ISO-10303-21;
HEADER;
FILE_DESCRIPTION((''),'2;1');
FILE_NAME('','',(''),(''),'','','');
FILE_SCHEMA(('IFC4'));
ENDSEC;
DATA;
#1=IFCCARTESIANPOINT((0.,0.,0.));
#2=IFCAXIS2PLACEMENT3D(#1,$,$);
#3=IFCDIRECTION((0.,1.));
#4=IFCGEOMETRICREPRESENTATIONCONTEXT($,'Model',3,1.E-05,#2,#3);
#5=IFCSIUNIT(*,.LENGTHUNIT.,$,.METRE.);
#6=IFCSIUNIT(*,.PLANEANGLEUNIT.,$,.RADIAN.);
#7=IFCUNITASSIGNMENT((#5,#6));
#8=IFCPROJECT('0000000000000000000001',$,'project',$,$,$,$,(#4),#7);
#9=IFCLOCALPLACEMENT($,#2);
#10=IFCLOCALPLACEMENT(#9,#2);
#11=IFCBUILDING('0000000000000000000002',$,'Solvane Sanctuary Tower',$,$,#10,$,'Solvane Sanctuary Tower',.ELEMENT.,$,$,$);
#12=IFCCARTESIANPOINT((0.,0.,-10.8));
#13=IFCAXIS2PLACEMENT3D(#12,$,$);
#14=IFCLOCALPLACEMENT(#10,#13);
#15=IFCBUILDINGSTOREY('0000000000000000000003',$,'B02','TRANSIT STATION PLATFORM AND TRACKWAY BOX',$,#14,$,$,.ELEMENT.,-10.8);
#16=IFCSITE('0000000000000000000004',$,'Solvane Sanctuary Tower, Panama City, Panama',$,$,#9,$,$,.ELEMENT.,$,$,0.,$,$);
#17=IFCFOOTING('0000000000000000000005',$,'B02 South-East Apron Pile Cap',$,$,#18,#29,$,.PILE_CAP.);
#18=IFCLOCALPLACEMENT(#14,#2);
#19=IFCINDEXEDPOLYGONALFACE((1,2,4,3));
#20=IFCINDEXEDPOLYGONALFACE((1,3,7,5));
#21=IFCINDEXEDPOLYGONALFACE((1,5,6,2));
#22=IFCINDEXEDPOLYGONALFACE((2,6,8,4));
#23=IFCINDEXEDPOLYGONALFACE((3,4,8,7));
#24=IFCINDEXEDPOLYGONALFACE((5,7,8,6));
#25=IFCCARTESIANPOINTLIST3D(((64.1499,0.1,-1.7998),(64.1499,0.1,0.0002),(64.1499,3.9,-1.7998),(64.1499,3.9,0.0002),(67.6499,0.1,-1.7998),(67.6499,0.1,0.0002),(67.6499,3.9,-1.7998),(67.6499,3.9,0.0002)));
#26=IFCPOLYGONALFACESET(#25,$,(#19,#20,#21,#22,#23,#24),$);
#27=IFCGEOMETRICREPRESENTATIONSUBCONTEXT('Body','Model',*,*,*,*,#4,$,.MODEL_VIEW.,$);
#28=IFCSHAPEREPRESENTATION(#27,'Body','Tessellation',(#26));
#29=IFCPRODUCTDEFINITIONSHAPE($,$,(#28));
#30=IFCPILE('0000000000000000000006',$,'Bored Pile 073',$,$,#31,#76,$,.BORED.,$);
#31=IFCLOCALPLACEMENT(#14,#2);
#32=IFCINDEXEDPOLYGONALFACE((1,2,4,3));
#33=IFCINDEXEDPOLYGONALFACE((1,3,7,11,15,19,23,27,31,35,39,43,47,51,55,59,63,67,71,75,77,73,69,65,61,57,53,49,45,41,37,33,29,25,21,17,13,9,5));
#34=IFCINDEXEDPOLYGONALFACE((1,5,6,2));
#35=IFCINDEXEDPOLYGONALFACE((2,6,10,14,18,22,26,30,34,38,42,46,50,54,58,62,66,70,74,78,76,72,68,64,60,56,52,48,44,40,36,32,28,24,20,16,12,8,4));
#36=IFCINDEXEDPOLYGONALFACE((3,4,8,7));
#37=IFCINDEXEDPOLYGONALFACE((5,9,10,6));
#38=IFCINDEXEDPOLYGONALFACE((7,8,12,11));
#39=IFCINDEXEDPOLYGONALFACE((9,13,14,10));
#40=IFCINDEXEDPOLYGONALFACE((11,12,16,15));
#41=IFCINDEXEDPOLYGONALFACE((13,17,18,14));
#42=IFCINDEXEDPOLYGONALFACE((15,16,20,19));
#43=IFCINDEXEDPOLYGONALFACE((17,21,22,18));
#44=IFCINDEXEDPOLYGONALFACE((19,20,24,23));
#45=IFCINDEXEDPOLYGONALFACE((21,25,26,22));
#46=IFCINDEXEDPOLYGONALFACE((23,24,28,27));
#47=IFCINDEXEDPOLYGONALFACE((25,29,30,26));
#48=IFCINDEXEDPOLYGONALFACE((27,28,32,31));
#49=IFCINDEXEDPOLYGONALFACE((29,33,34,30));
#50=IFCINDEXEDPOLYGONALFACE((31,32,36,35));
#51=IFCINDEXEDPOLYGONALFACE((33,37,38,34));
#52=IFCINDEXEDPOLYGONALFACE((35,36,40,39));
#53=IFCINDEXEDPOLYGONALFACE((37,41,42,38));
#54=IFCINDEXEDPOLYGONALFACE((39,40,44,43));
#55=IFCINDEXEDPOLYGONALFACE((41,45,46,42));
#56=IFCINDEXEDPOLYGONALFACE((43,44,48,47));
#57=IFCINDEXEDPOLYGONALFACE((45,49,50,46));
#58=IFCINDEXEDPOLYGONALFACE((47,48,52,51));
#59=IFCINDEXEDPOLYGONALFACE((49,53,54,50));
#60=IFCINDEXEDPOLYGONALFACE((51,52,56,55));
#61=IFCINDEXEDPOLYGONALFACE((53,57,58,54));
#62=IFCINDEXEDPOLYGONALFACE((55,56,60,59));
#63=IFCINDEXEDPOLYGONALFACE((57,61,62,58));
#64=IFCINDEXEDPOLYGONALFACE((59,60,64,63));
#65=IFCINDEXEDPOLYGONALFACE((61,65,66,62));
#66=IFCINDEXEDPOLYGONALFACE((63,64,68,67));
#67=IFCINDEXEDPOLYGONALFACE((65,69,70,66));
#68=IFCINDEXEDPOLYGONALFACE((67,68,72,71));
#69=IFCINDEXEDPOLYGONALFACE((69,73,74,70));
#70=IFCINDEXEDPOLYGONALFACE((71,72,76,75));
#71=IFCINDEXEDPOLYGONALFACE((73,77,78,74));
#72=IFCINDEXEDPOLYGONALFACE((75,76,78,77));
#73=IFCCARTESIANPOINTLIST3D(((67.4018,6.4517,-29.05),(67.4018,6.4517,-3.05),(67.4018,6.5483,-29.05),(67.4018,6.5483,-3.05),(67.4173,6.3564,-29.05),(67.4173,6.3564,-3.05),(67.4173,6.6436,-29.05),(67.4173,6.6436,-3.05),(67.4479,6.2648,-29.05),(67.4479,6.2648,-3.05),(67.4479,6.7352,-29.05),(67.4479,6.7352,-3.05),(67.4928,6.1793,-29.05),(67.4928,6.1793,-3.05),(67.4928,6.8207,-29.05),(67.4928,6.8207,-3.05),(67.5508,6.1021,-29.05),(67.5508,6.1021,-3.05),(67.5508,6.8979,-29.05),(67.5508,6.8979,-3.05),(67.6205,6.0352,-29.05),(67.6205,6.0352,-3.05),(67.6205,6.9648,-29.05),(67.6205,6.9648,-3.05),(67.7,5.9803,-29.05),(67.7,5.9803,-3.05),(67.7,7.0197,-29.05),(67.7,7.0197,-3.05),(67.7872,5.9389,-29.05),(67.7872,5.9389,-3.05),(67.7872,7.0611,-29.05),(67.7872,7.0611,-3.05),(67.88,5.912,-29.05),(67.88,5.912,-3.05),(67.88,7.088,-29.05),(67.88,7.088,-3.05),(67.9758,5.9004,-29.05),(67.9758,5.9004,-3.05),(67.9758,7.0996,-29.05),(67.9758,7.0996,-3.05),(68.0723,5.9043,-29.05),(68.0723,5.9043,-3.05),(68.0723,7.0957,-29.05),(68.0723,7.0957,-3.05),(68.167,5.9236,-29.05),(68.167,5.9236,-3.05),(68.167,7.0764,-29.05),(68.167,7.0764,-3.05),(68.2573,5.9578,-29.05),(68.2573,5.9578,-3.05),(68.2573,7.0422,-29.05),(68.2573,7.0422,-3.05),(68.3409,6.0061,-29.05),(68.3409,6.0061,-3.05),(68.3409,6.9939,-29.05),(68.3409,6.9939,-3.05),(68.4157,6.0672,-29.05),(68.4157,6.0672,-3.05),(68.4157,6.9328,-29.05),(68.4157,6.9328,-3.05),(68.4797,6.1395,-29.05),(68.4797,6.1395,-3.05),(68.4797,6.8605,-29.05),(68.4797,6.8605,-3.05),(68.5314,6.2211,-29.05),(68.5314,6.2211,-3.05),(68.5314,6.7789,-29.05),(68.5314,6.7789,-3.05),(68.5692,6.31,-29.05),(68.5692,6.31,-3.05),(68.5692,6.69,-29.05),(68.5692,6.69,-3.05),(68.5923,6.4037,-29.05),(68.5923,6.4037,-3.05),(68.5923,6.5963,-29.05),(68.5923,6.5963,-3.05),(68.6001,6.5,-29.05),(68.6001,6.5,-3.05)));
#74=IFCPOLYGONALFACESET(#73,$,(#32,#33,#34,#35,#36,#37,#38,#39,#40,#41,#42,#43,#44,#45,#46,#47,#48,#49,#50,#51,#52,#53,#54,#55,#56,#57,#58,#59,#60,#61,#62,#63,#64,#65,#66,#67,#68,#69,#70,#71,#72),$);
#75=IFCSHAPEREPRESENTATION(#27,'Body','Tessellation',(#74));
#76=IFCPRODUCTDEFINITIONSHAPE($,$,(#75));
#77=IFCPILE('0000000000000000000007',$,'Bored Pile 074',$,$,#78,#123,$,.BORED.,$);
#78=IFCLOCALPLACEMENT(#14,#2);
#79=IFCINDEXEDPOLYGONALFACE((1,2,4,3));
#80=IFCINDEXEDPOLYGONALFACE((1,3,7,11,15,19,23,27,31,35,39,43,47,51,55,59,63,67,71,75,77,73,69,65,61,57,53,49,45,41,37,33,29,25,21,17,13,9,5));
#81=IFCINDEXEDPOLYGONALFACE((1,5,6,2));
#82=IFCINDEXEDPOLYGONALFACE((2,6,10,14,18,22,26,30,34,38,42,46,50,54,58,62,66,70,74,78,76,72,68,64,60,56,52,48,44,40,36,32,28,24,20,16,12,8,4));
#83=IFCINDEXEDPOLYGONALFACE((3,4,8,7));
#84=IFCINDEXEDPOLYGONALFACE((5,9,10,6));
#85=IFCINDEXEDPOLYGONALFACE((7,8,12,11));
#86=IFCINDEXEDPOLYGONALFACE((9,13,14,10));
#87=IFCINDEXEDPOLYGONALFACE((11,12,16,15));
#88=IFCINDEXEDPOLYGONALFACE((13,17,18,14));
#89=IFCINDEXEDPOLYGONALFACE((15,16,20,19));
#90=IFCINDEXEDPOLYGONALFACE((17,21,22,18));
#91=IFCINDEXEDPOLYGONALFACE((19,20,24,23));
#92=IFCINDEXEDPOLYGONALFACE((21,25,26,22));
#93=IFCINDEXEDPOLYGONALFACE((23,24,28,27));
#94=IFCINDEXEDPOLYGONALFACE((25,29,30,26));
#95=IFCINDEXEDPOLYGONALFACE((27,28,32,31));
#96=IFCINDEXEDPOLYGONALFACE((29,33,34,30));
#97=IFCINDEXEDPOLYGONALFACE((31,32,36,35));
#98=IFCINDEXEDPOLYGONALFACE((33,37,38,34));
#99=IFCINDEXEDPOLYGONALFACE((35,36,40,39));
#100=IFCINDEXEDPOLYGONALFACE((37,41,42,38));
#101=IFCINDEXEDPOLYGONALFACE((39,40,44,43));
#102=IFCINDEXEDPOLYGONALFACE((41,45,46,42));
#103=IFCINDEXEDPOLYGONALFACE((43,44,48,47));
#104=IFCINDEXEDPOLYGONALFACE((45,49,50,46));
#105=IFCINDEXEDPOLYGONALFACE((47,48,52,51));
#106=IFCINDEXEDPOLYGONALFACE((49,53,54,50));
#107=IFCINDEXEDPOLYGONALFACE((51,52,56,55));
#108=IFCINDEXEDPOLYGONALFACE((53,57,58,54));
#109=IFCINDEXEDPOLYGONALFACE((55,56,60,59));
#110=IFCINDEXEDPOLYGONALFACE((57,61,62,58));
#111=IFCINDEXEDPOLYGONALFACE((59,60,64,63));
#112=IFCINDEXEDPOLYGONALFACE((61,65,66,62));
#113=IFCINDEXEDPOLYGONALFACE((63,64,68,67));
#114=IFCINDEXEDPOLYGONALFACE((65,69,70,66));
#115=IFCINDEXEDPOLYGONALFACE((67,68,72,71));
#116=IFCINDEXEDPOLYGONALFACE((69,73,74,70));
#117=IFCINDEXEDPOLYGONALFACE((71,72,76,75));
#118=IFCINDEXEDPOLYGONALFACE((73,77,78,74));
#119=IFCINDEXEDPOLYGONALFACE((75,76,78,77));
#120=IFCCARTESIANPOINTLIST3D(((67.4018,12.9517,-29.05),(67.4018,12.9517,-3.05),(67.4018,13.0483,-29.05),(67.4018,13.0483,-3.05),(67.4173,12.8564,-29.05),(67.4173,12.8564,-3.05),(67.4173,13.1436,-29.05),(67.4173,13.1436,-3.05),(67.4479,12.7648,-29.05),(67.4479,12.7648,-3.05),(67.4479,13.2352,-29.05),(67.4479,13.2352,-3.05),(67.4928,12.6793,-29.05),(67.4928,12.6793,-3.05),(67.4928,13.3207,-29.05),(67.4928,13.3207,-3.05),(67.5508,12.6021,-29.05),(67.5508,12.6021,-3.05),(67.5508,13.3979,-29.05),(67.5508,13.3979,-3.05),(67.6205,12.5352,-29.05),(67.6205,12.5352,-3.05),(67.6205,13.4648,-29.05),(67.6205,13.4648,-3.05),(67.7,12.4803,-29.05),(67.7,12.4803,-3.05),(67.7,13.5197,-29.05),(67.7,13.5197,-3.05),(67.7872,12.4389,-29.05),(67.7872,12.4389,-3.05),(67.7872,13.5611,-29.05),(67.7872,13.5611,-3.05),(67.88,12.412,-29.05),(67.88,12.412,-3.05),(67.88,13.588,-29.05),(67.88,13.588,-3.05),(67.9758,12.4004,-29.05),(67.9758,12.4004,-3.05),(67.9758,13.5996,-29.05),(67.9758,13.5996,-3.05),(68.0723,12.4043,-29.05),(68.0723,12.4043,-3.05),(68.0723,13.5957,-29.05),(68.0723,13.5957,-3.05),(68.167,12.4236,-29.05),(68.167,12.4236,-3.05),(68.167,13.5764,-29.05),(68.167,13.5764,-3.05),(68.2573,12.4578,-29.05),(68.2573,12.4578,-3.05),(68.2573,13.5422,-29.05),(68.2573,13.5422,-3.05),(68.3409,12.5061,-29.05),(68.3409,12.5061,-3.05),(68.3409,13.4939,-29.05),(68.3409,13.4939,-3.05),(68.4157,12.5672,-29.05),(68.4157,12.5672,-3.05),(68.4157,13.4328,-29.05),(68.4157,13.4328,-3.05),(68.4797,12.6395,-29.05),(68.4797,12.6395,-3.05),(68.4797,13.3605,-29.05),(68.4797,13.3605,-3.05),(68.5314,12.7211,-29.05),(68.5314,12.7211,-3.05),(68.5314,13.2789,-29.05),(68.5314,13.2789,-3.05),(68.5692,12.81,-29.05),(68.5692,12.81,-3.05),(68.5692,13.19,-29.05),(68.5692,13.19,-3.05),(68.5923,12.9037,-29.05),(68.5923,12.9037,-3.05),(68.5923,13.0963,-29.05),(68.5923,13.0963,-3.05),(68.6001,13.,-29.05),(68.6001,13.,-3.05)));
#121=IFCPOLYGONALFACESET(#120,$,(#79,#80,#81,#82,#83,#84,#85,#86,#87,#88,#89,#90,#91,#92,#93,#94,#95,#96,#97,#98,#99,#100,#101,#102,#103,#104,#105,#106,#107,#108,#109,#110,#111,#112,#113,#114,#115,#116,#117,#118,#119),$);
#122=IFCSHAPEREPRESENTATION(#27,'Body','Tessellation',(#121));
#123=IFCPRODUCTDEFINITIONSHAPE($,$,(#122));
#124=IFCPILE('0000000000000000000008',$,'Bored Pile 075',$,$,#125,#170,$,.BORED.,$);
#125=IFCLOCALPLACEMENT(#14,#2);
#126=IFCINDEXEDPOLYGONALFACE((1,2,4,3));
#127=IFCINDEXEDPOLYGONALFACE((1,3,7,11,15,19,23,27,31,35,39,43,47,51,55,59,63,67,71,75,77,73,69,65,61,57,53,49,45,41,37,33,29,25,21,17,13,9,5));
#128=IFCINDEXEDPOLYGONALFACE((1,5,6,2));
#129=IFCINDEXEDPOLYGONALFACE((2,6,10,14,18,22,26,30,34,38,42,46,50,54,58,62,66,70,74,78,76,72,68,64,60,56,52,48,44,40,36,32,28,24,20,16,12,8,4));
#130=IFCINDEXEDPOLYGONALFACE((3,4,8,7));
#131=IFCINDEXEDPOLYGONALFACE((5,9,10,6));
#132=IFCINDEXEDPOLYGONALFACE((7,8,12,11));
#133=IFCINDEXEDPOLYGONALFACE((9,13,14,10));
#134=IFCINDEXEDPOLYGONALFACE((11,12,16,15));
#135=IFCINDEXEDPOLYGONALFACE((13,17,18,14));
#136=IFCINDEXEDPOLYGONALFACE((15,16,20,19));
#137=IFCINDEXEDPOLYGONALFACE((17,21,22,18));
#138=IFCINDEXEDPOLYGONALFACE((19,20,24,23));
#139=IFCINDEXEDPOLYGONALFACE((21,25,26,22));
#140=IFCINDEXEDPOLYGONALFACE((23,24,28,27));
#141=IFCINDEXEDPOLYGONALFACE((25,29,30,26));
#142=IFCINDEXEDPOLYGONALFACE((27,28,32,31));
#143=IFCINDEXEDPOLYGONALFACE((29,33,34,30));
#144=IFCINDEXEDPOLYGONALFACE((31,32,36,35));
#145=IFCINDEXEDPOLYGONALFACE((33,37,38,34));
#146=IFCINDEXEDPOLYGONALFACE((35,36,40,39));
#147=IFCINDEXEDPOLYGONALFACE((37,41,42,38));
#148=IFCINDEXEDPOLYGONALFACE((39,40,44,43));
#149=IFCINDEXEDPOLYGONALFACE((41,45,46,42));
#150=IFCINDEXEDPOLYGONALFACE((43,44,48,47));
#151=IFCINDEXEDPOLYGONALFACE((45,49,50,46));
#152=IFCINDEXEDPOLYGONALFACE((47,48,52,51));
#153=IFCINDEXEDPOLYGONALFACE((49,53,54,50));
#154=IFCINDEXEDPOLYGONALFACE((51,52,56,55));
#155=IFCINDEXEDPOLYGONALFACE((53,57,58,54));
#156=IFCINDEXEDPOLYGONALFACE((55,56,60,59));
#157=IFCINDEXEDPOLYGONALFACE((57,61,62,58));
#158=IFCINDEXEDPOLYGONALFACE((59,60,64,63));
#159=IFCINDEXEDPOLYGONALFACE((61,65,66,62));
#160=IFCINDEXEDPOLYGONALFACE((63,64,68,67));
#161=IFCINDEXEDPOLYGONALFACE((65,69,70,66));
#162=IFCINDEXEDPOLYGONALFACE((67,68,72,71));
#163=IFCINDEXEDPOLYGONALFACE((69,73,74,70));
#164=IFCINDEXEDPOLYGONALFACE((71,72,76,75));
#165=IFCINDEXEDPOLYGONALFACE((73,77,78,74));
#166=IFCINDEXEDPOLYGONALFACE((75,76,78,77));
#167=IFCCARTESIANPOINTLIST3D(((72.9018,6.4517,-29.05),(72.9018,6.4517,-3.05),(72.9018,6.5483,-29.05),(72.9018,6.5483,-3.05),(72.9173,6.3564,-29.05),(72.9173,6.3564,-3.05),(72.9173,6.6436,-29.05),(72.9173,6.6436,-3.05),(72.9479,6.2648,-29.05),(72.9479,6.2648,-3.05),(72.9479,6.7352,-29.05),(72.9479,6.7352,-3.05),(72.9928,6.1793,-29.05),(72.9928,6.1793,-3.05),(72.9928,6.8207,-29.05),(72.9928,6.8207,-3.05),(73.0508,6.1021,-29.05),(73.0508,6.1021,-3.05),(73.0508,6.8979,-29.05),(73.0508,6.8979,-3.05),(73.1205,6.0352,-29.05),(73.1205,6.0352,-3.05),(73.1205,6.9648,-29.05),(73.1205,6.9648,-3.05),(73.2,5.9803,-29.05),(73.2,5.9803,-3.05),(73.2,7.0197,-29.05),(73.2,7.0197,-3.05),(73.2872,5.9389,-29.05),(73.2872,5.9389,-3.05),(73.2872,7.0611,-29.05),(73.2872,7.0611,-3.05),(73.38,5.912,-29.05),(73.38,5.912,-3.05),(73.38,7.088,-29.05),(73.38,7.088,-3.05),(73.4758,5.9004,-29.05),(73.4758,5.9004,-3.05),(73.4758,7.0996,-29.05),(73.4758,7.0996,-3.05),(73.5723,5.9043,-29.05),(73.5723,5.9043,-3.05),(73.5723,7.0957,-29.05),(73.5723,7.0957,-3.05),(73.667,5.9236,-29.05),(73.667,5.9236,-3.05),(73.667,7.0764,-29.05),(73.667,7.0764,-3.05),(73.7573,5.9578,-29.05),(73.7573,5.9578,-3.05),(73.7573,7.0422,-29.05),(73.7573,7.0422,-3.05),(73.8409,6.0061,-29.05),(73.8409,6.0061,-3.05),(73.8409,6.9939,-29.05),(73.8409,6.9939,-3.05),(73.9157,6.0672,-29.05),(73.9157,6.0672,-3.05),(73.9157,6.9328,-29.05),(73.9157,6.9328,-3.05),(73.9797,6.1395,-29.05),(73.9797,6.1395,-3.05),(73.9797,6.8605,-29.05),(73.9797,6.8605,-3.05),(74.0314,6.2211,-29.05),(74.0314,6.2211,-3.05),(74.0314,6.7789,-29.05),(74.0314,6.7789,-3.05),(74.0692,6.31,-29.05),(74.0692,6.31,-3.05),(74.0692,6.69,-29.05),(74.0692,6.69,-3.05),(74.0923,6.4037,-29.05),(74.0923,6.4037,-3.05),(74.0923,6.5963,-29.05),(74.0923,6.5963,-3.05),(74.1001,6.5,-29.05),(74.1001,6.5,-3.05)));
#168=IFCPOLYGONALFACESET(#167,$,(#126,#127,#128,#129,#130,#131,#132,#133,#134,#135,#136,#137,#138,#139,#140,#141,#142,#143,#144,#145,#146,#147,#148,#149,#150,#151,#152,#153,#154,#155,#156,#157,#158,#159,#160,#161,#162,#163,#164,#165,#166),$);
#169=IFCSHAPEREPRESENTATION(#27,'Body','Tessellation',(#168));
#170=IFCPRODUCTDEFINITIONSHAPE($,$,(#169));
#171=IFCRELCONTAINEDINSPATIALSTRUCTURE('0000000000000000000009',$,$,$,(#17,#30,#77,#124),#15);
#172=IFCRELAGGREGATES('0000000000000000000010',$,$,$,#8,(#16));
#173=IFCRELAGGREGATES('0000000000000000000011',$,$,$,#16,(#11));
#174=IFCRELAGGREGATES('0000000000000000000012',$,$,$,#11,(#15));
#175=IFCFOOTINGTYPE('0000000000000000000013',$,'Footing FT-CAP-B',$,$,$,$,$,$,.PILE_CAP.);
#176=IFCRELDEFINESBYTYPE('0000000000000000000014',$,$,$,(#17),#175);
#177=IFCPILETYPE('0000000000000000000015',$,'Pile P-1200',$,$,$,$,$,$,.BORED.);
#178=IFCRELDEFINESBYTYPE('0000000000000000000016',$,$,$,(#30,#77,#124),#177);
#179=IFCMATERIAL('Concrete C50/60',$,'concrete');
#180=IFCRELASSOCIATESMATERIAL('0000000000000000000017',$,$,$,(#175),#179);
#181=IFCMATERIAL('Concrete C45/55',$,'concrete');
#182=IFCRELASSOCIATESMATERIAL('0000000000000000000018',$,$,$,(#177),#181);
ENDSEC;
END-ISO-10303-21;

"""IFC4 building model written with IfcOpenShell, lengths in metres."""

from ifc_helpers import new_model, si_unit, direction, frame, origin, origin_2d, place, context, subcontext, project, spatial, rectangle, circle, extrude, material, material_profile, profile_set, type_object, element, save


model = new_model("IFC4")

# Units and contexts
model_context = context("Model", 3, precision=1e-05, world=origin(), true_north=direction((0.0, 1.0)))
body_context = subcontext(model_context, "Body", "Model", "MODEL_VIEW")
ifc_project = project(units=[si_unit("LENGTHUNIT", "METRE"), si_unit("PLANEANGLEUNIT", "RADIAN")], contexts=[model_context])

# Site, building, storey
site_placement = place(None, origin())
site = spatial("IfcSite", under=ifc_project, at=site_placement, Name="Solvane Sanctuary Tower, Panama City, Panama", CompositionType="ELEMENT", RefElevation=0.0)
building_placement = place(site_placement, origin())
building = spatial("IfcBuilding", under=site, at=building_placement, Name="Solvane Sanctuary Tower", LongName="Solvane Sanctuary Tower", CompositionType="ELEMENT")
storey_placement = place(building_placement, frame((0.0, 0.0, -10.8)))
storey = spatial("IfcBuildingStorey", under=building, at=storey_placement, Name="B02", Description="TRANSIT STATION PLATFORM AND TRACKWAY BOX", CompositionType="ELEMENT", Elevation=-10.8)

# Footing
ifc_material_1 = material(Name="Concrete C50/60", Category="concrete")
footing_type = type_object("IfcFootingType", Name="Footing FT-CAP-B", PredefinedType="PILE_CAP", material=ifc_material_1)
footing_placement = place(storey_placement, frame((65.8999, 2.0, -1.7998), z_axis=(0.0, 0.0, 1.0), x_axis=(1.0, 0.0, 0.0)))
element("IfcFooting", 1, at=footing_placement, inside=storey, type_object=footing_type, Name="B02 South-East Apron Pile Cap", PredefinedType="PILE_CAP", context=body_context, shape_type="SweptSolid", body=[
    extrude(rectangle(XDim=3.5, YDim=3.8, at=origin_2d()), origin(), (0.0, 0.0, 1.0), 1.8),
])

# Piles
ifc_material_2 = material(Name="Concrete C45/55", Category="concrete")
ifc_material_profile_1 = material_profile(ifc_material_2, circle(Radius=0.6001, at=origin_2d()), Name="PILE1200")
ifc_profile_set_1 = profile_set([ifc_material_profile_1], Name="Concrete C45/55")
pile_type_1 = type_object("IfcPileType", Name="Pile P-1200", PredefinedType="BORED", material=ifc_profile_set_1)
for number, where, z_axis, x_axis, name in (
    (2, (68.0, 6.5, -3.05), (0.0, 0.0, -1.0), (1.0, 0.0, 0.0), "Bored Pile 073"),
    (3, (68.0, 13.0, -3.05), (0.0, 0.0, -1.0), (1.0, 0.0, 0.0), "Bored Pile 074"),
    (4, (73.5, 6.5, -3.05), (0.0, 0.0, -1.0), (1.0, 0.0, 0.0), "Bored Pile 075"),
):
    element("IfcPile", number, at=place(storey_placement, frame(where, z_axis=z_axis, x_axis=x_axis)), inside=storey, type_object=pile_type_1, Name=name, PredefinedType="BORED", context=body_context, shape_type="SweptSolid", body=[
        extrude(circle(Radius=0.6001, at=origin_2d()), origin(), (0.0, 0.0, 1.0), 26.0),
    ])

save(model, "model.ifc")
